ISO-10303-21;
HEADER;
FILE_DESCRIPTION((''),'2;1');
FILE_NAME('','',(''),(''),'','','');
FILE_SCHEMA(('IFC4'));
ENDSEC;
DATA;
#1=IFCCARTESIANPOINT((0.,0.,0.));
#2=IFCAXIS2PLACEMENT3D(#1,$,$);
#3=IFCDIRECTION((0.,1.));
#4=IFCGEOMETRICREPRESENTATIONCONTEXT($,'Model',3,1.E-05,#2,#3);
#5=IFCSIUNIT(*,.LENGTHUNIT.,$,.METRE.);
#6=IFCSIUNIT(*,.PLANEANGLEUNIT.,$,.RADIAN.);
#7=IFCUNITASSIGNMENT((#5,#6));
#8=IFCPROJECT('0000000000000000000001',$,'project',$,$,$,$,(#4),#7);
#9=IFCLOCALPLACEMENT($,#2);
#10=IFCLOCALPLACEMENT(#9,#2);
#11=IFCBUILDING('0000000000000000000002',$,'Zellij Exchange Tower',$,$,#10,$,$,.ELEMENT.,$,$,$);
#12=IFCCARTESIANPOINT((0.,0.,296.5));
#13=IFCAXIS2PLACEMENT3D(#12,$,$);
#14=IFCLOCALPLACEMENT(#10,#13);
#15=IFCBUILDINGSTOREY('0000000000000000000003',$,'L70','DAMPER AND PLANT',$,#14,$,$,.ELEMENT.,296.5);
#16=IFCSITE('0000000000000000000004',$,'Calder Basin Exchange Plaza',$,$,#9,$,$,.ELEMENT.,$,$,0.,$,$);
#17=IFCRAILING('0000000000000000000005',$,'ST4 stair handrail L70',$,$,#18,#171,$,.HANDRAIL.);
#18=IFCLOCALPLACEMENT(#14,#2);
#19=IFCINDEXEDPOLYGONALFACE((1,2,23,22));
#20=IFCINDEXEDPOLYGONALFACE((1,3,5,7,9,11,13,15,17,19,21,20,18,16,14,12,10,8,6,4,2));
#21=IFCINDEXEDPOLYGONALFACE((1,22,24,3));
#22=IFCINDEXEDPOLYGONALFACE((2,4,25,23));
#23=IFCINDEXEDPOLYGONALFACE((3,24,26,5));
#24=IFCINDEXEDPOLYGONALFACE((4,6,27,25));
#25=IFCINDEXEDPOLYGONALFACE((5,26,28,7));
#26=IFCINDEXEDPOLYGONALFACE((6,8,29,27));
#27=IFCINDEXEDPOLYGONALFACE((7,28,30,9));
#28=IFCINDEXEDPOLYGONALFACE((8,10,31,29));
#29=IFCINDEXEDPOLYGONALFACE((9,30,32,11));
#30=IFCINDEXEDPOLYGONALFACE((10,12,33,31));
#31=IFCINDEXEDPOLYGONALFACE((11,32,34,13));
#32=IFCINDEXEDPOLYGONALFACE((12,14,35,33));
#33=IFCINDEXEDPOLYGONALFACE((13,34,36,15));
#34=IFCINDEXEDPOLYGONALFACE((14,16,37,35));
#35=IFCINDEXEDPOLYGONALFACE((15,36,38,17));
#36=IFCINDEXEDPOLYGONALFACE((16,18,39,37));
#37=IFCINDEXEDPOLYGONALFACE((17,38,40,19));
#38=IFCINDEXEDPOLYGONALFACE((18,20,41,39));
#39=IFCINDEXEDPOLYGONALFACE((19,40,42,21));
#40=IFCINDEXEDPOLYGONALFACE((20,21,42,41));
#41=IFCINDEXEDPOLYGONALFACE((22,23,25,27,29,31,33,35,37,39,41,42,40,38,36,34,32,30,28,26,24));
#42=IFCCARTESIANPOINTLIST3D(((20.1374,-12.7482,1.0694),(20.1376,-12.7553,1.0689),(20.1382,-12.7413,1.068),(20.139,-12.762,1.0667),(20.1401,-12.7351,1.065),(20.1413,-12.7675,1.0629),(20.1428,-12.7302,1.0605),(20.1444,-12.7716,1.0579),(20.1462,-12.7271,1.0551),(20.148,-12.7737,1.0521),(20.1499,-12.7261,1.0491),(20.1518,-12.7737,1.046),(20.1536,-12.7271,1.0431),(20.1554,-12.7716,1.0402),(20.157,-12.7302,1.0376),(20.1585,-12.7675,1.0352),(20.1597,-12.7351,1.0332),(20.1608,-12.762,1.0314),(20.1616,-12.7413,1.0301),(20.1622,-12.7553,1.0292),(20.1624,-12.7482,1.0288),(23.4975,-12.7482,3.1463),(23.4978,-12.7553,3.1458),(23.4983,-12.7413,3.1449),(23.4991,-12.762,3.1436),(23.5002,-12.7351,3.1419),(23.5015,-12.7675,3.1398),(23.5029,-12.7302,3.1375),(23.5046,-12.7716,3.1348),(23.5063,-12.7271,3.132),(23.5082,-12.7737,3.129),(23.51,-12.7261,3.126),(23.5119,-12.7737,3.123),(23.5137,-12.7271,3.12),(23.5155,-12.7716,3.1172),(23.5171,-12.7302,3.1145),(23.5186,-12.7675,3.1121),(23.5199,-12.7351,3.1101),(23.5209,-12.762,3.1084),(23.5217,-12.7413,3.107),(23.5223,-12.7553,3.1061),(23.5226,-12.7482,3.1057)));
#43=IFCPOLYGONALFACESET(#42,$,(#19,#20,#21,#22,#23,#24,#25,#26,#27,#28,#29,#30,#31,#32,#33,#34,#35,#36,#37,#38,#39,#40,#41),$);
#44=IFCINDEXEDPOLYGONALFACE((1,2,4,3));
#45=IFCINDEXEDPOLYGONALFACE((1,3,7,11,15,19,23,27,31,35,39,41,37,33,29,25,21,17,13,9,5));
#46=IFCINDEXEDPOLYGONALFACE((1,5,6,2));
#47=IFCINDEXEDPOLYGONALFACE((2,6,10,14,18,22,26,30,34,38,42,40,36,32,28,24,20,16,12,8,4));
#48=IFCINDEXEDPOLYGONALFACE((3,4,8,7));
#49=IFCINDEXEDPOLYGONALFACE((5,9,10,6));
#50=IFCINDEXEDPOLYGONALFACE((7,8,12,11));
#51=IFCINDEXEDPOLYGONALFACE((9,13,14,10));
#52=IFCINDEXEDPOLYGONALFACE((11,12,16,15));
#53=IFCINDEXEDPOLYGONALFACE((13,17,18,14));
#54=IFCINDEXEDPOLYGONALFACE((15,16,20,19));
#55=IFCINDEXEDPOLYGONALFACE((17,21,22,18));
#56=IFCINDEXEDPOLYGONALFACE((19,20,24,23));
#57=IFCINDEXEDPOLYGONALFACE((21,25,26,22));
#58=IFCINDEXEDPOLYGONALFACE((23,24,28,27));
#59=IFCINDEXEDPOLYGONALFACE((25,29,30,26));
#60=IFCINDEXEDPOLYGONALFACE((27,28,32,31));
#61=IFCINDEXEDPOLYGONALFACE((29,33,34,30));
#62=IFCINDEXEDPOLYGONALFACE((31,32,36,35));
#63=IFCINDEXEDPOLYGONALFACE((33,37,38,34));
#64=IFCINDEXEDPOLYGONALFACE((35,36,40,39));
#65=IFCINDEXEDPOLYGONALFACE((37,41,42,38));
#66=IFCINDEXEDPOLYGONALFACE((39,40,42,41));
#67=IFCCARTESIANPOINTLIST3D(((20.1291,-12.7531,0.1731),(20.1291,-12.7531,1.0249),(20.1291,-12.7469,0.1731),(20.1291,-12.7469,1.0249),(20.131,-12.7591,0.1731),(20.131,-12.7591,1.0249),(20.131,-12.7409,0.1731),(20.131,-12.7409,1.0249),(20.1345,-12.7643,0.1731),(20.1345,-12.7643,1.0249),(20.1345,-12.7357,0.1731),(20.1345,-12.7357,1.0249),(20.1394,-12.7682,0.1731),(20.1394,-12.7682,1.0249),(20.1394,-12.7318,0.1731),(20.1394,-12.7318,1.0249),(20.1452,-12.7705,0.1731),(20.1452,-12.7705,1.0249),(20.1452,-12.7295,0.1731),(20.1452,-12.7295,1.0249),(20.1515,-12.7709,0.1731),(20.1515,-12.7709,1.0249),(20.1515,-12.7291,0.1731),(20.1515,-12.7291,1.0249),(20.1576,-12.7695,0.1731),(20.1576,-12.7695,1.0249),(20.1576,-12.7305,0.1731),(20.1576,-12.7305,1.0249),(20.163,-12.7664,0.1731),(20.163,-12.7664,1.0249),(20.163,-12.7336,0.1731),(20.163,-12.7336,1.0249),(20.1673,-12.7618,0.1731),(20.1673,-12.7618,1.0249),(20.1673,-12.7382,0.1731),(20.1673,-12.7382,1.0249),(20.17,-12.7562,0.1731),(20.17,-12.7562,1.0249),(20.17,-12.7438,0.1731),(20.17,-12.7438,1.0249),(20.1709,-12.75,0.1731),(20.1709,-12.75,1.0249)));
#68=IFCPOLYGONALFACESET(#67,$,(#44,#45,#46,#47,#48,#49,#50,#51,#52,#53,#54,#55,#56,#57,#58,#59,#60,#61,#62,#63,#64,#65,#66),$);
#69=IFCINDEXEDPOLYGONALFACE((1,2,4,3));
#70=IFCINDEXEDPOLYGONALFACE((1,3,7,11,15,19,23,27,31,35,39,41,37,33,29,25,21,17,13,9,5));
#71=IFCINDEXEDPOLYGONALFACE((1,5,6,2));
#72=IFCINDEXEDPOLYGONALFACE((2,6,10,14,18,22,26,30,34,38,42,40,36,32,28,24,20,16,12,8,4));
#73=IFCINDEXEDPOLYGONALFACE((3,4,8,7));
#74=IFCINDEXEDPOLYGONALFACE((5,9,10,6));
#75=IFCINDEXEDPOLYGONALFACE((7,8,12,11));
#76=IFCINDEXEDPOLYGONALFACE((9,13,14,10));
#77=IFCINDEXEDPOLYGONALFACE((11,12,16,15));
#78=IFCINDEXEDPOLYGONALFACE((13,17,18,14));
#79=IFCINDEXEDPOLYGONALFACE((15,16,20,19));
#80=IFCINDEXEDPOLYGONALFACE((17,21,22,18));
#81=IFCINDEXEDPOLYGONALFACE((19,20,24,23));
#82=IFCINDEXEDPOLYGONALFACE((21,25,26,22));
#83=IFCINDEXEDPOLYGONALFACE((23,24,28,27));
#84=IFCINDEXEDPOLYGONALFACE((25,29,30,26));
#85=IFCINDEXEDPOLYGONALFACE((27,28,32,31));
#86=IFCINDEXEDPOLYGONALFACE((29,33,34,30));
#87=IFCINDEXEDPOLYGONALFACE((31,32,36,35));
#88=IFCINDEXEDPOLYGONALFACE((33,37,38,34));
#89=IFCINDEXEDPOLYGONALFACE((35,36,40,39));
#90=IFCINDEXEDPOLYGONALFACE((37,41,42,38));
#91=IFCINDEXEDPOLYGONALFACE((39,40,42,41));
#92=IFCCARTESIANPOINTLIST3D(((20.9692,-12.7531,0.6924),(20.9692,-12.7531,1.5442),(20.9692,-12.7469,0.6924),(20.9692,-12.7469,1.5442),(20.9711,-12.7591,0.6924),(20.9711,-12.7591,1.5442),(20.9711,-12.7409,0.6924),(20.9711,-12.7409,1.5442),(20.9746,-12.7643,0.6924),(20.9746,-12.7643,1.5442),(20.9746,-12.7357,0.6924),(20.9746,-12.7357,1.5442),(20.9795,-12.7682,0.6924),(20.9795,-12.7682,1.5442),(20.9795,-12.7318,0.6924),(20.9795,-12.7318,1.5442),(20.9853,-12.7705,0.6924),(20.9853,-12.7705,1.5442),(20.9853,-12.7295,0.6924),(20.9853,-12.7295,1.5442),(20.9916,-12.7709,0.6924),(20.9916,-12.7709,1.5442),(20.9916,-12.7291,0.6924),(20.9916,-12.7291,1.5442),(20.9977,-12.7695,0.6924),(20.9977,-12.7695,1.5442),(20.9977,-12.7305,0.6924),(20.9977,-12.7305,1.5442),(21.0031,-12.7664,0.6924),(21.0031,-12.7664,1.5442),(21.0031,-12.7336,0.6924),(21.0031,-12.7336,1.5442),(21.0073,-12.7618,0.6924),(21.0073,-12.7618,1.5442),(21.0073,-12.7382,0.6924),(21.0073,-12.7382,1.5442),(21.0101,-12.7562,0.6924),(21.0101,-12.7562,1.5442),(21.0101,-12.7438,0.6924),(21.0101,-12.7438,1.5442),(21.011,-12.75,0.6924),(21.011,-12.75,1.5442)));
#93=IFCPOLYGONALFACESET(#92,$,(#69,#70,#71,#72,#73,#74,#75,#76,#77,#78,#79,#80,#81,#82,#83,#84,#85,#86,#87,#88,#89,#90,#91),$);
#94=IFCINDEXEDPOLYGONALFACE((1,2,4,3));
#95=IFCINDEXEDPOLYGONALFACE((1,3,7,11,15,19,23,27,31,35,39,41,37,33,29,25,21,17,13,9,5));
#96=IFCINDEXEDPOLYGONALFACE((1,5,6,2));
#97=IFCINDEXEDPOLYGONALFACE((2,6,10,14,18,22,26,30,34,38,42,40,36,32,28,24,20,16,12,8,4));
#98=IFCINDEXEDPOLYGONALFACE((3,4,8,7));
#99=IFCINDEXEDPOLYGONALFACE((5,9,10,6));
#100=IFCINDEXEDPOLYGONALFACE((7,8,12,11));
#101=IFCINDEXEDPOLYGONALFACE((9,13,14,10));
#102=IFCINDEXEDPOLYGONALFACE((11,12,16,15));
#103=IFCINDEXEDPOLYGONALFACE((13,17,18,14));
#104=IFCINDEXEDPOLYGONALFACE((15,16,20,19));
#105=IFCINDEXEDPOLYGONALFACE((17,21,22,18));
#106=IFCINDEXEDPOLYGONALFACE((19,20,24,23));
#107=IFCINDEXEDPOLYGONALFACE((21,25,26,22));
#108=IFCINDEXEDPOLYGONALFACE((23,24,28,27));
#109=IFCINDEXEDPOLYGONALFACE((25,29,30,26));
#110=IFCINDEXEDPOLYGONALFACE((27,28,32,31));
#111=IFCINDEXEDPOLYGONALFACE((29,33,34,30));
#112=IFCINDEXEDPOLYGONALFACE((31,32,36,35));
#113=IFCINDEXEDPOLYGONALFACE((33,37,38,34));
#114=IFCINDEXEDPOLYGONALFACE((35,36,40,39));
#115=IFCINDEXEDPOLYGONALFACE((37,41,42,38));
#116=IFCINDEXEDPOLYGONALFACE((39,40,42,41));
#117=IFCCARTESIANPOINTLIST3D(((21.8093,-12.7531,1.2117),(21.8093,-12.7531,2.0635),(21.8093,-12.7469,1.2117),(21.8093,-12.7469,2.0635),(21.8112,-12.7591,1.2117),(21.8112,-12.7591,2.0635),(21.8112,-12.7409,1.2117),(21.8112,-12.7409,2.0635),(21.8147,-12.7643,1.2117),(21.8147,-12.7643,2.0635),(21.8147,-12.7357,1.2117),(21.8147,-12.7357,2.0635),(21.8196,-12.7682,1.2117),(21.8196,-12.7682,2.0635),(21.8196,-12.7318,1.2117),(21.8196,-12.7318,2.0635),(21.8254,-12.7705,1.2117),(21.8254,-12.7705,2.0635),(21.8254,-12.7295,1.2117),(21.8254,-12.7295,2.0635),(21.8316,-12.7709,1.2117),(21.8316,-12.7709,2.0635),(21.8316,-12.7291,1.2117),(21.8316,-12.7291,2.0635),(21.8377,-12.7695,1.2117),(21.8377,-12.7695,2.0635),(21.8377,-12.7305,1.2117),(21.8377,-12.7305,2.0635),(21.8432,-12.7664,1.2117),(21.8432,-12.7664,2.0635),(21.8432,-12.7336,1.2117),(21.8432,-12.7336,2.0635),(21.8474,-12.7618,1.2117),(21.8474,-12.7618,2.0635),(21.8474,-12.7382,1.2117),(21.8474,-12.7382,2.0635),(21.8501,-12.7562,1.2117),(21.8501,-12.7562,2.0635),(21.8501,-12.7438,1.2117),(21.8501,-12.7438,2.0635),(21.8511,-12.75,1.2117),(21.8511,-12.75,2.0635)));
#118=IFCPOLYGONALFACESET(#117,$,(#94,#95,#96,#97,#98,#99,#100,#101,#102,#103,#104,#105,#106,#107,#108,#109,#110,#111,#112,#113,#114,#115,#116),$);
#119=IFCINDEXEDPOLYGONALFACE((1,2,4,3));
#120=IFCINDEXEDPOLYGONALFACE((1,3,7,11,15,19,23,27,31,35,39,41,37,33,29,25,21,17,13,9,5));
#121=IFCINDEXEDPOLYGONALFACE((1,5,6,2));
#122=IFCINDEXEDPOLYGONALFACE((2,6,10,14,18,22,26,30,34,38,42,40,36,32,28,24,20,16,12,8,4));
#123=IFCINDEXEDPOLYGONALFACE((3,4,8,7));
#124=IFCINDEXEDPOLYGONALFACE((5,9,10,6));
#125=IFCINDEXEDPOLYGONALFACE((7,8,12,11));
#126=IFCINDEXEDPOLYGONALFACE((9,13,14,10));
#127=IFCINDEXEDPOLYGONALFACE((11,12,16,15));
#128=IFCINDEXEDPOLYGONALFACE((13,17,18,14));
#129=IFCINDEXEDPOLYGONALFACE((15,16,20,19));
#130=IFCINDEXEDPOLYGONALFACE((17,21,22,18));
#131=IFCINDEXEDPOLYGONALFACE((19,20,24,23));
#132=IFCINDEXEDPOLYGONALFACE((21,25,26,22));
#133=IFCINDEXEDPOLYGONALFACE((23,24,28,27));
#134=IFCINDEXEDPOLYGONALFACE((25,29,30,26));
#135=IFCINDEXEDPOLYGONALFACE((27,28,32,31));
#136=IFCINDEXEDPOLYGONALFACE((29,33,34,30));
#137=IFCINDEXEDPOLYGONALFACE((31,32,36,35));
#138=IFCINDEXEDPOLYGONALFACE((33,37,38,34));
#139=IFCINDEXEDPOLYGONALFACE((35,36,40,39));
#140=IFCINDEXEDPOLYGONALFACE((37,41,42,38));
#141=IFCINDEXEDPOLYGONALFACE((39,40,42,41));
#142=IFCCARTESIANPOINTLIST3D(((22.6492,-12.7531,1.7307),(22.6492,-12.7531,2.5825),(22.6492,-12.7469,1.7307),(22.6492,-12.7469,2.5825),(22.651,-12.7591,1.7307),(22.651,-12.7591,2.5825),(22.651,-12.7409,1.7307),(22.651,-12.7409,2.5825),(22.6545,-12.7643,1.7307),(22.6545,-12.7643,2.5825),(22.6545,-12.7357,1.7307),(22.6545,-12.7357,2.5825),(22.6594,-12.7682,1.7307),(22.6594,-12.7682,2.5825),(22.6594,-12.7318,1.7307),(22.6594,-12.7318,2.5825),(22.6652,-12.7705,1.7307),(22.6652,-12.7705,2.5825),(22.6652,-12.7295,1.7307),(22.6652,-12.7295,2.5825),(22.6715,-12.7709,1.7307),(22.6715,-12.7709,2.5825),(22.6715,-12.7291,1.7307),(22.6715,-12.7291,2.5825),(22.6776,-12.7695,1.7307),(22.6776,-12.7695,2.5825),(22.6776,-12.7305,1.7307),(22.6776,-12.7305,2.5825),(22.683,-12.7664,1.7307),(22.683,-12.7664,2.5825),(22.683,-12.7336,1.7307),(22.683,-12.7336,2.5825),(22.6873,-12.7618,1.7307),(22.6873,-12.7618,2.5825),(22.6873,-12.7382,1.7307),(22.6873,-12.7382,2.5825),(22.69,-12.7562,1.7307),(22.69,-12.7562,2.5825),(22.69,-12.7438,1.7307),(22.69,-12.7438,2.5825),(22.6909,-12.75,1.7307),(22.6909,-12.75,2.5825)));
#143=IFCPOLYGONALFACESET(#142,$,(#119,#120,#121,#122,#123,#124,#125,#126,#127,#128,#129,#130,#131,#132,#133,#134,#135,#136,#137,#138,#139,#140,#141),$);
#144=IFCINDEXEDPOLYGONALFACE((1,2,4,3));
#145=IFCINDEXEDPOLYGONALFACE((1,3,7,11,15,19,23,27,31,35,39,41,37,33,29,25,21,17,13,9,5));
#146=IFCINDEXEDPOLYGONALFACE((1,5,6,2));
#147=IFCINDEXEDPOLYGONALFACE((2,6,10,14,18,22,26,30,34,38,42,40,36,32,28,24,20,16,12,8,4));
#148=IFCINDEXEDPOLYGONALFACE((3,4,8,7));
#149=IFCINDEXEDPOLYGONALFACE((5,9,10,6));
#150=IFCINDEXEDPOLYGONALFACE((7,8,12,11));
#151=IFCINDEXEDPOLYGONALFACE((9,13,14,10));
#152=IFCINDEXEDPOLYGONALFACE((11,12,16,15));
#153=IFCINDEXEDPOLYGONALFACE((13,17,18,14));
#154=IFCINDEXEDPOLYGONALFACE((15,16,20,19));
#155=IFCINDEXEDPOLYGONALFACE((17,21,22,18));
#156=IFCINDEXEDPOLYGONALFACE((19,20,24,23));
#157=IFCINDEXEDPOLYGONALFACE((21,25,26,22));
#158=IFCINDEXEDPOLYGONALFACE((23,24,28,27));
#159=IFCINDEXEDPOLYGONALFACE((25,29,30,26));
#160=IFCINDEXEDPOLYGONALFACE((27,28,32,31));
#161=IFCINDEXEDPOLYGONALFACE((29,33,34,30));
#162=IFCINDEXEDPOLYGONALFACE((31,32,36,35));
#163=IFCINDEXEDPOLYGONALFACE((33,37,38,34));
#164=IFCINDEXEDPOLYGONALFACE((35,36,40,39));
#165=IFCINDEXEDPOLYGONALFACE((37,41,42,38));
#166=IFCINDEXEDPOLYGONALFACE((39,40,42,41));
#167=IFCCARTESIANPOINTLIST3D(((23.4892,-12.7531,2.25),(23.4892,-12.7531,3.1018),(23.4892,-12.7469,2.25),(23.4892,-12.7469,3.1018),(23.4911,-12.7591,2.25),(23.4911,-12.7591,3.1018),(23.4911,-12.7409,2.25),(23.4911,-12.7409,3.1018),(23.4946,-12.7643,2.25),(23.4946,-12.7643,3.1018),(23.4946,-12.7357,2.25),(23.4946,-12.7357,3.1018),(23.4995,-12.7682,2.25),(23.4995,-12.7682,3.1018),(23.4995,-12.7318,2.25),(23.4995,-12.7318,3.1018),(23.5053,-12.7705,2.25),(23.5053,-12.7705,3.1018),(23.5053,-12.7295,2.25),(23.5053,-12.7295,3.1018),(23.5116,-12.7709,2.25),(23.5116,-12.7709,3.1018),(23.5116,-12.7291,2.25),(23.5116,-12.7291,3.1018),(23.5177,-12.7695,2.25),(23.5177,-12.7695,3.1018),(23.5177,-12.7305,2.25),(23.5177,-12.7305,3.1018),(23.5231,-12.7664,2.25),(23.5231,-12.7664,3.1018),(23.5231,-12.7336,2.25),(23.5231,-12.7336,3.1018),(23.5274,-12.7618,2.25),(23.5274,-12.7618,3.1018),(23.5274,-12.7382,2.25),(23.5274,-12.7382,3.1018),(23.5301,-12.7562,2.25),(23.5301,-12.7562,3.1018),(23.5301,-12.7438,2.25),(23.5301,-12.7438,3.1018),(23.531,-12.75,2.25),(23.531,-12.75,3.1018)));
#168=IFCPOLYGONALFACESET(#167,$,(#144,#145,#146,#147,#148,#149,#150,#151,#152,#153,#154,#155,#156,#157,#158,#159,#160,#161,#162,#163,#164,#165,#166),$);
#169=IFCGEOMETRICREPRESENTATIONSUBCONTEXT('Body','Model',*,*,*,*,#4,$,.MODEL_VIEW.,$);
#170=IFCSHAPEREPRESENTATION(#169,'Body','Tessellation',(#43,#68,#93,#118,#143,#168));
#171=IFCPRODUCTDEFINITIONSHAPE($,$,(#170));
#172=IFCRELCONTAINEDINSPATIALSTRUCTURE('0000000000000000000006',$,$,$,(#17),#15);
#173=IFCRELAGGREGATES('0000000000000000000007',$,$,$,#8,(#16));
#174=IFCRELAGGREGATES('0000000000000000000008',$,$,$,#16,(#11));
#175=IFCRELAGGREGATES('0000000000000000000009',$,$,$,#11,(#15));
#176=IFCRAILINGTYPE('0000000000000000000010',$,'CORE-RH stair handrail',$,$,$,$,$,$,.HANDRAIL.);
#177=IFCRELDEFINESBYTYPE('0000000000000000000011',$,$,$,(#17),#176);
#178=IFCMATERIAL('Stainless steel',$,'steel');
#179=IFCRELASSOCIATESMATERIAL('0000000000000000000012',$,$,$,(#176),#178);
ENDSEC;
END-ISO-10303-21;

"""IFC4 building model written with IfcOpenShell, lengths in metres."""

from ifc_helpers import new_model, si_unit, direction, frame, origin, origin_2d, place, context, subcontext, project, spatial, circle, extrude, material, type_object, element, save


model = new_model("IFC4")

# Units and contexts
model_context = context("Model", 3, precision=1e-05, world=origin(), true_north=direction((0.0, 1.0)))
body_context = subcontext(model_context, "Body", "Model", "MODEL_VIEW")
ifc_project = project(units=[si_unit("LENGTHUNIT", "METRE"), si_unit("PLANEANGLEUNIT", "RADIAN")], contexts=[model_context])

# Site, building, storey
site_placement = place(None, origin())
site = spatial("IfcSite", under=ifc_project, at=site_placement, Name="Calder Basin Exchange Plaza", CompositionType="ELEMENT", RefElevation=0.0)
building_placement = place(site_placement, origin())
building = spatial("IfcBuilding", under=site, at=building_placement, Name="Zellij Exchange Tower", CompositionType="ELEMENT")
storey_placement = place(building_placement, frame((0.0, 0.0, 296.5)))
storey = spatial("IfcBuildingStorey", under=building, at=storey_placement, Name="L70", Description="DAMPER AND PLANT", CompositionType="ELEMENT", Elevation=296.5)

# Railing
ifc_material_1 = material(Name="Stainless steel", Category="steel")
railing_type_1 = type_object("IfcRailingType", Name="CORE-RH stair handrail", PredefinedType="HANDRAIL", material=ifc_material_1)
railing_1_placement = place(storey_placement, frame((20.1499, -12.75, 0.1731)))
element("IfcRailing", 1, at=railing_1_placement, inside=storey, type_object=railing_type_1, Name="ST4 stair handrail L70", PredefinedType="HANDRAIL", context=body_context, shape_type="SweptSolid", body=[
    extrude(circle(Radius=0.0239, at=origin_2d()), frame((0.0, 0.0, 0.876), z_axis=(0.850623, 0.0, 0.525776), x_axis=(0.0, 1.0, 0.0)), (0.0, 0.0, 1.0), 3.9502),
    extrude(circle(Radius=0.021, at=origin_2d()), origin(), (0.0, 0.0, 1.0), 0.8518),
    extrude(circle(Radius=0.021, at=origin_2d()), frame((0.8401, 0.0, 0.5193)), (0.0, 0.0, 1.0), 0.8518),
    extrude(circle(Radius=0.021, at=origin_2d()), frame((1.6802, 0.0, 1.0386)), (0.0, 0.0, 1.0), 0.8518),
    extrude(circle(Radius=0.021, at=origin_2d()), frame((2.52, 0.0, 1.5576)), (0.0, 0.0, 1.0), 0.8518),
    extrude(circle(Radius=0.021, at=origin_2d()), frame((3.3601, 0.0, 2.0769)), (0.0, 0.0, 1.0), 0.8518),
])

save(model, "model.ifc")
